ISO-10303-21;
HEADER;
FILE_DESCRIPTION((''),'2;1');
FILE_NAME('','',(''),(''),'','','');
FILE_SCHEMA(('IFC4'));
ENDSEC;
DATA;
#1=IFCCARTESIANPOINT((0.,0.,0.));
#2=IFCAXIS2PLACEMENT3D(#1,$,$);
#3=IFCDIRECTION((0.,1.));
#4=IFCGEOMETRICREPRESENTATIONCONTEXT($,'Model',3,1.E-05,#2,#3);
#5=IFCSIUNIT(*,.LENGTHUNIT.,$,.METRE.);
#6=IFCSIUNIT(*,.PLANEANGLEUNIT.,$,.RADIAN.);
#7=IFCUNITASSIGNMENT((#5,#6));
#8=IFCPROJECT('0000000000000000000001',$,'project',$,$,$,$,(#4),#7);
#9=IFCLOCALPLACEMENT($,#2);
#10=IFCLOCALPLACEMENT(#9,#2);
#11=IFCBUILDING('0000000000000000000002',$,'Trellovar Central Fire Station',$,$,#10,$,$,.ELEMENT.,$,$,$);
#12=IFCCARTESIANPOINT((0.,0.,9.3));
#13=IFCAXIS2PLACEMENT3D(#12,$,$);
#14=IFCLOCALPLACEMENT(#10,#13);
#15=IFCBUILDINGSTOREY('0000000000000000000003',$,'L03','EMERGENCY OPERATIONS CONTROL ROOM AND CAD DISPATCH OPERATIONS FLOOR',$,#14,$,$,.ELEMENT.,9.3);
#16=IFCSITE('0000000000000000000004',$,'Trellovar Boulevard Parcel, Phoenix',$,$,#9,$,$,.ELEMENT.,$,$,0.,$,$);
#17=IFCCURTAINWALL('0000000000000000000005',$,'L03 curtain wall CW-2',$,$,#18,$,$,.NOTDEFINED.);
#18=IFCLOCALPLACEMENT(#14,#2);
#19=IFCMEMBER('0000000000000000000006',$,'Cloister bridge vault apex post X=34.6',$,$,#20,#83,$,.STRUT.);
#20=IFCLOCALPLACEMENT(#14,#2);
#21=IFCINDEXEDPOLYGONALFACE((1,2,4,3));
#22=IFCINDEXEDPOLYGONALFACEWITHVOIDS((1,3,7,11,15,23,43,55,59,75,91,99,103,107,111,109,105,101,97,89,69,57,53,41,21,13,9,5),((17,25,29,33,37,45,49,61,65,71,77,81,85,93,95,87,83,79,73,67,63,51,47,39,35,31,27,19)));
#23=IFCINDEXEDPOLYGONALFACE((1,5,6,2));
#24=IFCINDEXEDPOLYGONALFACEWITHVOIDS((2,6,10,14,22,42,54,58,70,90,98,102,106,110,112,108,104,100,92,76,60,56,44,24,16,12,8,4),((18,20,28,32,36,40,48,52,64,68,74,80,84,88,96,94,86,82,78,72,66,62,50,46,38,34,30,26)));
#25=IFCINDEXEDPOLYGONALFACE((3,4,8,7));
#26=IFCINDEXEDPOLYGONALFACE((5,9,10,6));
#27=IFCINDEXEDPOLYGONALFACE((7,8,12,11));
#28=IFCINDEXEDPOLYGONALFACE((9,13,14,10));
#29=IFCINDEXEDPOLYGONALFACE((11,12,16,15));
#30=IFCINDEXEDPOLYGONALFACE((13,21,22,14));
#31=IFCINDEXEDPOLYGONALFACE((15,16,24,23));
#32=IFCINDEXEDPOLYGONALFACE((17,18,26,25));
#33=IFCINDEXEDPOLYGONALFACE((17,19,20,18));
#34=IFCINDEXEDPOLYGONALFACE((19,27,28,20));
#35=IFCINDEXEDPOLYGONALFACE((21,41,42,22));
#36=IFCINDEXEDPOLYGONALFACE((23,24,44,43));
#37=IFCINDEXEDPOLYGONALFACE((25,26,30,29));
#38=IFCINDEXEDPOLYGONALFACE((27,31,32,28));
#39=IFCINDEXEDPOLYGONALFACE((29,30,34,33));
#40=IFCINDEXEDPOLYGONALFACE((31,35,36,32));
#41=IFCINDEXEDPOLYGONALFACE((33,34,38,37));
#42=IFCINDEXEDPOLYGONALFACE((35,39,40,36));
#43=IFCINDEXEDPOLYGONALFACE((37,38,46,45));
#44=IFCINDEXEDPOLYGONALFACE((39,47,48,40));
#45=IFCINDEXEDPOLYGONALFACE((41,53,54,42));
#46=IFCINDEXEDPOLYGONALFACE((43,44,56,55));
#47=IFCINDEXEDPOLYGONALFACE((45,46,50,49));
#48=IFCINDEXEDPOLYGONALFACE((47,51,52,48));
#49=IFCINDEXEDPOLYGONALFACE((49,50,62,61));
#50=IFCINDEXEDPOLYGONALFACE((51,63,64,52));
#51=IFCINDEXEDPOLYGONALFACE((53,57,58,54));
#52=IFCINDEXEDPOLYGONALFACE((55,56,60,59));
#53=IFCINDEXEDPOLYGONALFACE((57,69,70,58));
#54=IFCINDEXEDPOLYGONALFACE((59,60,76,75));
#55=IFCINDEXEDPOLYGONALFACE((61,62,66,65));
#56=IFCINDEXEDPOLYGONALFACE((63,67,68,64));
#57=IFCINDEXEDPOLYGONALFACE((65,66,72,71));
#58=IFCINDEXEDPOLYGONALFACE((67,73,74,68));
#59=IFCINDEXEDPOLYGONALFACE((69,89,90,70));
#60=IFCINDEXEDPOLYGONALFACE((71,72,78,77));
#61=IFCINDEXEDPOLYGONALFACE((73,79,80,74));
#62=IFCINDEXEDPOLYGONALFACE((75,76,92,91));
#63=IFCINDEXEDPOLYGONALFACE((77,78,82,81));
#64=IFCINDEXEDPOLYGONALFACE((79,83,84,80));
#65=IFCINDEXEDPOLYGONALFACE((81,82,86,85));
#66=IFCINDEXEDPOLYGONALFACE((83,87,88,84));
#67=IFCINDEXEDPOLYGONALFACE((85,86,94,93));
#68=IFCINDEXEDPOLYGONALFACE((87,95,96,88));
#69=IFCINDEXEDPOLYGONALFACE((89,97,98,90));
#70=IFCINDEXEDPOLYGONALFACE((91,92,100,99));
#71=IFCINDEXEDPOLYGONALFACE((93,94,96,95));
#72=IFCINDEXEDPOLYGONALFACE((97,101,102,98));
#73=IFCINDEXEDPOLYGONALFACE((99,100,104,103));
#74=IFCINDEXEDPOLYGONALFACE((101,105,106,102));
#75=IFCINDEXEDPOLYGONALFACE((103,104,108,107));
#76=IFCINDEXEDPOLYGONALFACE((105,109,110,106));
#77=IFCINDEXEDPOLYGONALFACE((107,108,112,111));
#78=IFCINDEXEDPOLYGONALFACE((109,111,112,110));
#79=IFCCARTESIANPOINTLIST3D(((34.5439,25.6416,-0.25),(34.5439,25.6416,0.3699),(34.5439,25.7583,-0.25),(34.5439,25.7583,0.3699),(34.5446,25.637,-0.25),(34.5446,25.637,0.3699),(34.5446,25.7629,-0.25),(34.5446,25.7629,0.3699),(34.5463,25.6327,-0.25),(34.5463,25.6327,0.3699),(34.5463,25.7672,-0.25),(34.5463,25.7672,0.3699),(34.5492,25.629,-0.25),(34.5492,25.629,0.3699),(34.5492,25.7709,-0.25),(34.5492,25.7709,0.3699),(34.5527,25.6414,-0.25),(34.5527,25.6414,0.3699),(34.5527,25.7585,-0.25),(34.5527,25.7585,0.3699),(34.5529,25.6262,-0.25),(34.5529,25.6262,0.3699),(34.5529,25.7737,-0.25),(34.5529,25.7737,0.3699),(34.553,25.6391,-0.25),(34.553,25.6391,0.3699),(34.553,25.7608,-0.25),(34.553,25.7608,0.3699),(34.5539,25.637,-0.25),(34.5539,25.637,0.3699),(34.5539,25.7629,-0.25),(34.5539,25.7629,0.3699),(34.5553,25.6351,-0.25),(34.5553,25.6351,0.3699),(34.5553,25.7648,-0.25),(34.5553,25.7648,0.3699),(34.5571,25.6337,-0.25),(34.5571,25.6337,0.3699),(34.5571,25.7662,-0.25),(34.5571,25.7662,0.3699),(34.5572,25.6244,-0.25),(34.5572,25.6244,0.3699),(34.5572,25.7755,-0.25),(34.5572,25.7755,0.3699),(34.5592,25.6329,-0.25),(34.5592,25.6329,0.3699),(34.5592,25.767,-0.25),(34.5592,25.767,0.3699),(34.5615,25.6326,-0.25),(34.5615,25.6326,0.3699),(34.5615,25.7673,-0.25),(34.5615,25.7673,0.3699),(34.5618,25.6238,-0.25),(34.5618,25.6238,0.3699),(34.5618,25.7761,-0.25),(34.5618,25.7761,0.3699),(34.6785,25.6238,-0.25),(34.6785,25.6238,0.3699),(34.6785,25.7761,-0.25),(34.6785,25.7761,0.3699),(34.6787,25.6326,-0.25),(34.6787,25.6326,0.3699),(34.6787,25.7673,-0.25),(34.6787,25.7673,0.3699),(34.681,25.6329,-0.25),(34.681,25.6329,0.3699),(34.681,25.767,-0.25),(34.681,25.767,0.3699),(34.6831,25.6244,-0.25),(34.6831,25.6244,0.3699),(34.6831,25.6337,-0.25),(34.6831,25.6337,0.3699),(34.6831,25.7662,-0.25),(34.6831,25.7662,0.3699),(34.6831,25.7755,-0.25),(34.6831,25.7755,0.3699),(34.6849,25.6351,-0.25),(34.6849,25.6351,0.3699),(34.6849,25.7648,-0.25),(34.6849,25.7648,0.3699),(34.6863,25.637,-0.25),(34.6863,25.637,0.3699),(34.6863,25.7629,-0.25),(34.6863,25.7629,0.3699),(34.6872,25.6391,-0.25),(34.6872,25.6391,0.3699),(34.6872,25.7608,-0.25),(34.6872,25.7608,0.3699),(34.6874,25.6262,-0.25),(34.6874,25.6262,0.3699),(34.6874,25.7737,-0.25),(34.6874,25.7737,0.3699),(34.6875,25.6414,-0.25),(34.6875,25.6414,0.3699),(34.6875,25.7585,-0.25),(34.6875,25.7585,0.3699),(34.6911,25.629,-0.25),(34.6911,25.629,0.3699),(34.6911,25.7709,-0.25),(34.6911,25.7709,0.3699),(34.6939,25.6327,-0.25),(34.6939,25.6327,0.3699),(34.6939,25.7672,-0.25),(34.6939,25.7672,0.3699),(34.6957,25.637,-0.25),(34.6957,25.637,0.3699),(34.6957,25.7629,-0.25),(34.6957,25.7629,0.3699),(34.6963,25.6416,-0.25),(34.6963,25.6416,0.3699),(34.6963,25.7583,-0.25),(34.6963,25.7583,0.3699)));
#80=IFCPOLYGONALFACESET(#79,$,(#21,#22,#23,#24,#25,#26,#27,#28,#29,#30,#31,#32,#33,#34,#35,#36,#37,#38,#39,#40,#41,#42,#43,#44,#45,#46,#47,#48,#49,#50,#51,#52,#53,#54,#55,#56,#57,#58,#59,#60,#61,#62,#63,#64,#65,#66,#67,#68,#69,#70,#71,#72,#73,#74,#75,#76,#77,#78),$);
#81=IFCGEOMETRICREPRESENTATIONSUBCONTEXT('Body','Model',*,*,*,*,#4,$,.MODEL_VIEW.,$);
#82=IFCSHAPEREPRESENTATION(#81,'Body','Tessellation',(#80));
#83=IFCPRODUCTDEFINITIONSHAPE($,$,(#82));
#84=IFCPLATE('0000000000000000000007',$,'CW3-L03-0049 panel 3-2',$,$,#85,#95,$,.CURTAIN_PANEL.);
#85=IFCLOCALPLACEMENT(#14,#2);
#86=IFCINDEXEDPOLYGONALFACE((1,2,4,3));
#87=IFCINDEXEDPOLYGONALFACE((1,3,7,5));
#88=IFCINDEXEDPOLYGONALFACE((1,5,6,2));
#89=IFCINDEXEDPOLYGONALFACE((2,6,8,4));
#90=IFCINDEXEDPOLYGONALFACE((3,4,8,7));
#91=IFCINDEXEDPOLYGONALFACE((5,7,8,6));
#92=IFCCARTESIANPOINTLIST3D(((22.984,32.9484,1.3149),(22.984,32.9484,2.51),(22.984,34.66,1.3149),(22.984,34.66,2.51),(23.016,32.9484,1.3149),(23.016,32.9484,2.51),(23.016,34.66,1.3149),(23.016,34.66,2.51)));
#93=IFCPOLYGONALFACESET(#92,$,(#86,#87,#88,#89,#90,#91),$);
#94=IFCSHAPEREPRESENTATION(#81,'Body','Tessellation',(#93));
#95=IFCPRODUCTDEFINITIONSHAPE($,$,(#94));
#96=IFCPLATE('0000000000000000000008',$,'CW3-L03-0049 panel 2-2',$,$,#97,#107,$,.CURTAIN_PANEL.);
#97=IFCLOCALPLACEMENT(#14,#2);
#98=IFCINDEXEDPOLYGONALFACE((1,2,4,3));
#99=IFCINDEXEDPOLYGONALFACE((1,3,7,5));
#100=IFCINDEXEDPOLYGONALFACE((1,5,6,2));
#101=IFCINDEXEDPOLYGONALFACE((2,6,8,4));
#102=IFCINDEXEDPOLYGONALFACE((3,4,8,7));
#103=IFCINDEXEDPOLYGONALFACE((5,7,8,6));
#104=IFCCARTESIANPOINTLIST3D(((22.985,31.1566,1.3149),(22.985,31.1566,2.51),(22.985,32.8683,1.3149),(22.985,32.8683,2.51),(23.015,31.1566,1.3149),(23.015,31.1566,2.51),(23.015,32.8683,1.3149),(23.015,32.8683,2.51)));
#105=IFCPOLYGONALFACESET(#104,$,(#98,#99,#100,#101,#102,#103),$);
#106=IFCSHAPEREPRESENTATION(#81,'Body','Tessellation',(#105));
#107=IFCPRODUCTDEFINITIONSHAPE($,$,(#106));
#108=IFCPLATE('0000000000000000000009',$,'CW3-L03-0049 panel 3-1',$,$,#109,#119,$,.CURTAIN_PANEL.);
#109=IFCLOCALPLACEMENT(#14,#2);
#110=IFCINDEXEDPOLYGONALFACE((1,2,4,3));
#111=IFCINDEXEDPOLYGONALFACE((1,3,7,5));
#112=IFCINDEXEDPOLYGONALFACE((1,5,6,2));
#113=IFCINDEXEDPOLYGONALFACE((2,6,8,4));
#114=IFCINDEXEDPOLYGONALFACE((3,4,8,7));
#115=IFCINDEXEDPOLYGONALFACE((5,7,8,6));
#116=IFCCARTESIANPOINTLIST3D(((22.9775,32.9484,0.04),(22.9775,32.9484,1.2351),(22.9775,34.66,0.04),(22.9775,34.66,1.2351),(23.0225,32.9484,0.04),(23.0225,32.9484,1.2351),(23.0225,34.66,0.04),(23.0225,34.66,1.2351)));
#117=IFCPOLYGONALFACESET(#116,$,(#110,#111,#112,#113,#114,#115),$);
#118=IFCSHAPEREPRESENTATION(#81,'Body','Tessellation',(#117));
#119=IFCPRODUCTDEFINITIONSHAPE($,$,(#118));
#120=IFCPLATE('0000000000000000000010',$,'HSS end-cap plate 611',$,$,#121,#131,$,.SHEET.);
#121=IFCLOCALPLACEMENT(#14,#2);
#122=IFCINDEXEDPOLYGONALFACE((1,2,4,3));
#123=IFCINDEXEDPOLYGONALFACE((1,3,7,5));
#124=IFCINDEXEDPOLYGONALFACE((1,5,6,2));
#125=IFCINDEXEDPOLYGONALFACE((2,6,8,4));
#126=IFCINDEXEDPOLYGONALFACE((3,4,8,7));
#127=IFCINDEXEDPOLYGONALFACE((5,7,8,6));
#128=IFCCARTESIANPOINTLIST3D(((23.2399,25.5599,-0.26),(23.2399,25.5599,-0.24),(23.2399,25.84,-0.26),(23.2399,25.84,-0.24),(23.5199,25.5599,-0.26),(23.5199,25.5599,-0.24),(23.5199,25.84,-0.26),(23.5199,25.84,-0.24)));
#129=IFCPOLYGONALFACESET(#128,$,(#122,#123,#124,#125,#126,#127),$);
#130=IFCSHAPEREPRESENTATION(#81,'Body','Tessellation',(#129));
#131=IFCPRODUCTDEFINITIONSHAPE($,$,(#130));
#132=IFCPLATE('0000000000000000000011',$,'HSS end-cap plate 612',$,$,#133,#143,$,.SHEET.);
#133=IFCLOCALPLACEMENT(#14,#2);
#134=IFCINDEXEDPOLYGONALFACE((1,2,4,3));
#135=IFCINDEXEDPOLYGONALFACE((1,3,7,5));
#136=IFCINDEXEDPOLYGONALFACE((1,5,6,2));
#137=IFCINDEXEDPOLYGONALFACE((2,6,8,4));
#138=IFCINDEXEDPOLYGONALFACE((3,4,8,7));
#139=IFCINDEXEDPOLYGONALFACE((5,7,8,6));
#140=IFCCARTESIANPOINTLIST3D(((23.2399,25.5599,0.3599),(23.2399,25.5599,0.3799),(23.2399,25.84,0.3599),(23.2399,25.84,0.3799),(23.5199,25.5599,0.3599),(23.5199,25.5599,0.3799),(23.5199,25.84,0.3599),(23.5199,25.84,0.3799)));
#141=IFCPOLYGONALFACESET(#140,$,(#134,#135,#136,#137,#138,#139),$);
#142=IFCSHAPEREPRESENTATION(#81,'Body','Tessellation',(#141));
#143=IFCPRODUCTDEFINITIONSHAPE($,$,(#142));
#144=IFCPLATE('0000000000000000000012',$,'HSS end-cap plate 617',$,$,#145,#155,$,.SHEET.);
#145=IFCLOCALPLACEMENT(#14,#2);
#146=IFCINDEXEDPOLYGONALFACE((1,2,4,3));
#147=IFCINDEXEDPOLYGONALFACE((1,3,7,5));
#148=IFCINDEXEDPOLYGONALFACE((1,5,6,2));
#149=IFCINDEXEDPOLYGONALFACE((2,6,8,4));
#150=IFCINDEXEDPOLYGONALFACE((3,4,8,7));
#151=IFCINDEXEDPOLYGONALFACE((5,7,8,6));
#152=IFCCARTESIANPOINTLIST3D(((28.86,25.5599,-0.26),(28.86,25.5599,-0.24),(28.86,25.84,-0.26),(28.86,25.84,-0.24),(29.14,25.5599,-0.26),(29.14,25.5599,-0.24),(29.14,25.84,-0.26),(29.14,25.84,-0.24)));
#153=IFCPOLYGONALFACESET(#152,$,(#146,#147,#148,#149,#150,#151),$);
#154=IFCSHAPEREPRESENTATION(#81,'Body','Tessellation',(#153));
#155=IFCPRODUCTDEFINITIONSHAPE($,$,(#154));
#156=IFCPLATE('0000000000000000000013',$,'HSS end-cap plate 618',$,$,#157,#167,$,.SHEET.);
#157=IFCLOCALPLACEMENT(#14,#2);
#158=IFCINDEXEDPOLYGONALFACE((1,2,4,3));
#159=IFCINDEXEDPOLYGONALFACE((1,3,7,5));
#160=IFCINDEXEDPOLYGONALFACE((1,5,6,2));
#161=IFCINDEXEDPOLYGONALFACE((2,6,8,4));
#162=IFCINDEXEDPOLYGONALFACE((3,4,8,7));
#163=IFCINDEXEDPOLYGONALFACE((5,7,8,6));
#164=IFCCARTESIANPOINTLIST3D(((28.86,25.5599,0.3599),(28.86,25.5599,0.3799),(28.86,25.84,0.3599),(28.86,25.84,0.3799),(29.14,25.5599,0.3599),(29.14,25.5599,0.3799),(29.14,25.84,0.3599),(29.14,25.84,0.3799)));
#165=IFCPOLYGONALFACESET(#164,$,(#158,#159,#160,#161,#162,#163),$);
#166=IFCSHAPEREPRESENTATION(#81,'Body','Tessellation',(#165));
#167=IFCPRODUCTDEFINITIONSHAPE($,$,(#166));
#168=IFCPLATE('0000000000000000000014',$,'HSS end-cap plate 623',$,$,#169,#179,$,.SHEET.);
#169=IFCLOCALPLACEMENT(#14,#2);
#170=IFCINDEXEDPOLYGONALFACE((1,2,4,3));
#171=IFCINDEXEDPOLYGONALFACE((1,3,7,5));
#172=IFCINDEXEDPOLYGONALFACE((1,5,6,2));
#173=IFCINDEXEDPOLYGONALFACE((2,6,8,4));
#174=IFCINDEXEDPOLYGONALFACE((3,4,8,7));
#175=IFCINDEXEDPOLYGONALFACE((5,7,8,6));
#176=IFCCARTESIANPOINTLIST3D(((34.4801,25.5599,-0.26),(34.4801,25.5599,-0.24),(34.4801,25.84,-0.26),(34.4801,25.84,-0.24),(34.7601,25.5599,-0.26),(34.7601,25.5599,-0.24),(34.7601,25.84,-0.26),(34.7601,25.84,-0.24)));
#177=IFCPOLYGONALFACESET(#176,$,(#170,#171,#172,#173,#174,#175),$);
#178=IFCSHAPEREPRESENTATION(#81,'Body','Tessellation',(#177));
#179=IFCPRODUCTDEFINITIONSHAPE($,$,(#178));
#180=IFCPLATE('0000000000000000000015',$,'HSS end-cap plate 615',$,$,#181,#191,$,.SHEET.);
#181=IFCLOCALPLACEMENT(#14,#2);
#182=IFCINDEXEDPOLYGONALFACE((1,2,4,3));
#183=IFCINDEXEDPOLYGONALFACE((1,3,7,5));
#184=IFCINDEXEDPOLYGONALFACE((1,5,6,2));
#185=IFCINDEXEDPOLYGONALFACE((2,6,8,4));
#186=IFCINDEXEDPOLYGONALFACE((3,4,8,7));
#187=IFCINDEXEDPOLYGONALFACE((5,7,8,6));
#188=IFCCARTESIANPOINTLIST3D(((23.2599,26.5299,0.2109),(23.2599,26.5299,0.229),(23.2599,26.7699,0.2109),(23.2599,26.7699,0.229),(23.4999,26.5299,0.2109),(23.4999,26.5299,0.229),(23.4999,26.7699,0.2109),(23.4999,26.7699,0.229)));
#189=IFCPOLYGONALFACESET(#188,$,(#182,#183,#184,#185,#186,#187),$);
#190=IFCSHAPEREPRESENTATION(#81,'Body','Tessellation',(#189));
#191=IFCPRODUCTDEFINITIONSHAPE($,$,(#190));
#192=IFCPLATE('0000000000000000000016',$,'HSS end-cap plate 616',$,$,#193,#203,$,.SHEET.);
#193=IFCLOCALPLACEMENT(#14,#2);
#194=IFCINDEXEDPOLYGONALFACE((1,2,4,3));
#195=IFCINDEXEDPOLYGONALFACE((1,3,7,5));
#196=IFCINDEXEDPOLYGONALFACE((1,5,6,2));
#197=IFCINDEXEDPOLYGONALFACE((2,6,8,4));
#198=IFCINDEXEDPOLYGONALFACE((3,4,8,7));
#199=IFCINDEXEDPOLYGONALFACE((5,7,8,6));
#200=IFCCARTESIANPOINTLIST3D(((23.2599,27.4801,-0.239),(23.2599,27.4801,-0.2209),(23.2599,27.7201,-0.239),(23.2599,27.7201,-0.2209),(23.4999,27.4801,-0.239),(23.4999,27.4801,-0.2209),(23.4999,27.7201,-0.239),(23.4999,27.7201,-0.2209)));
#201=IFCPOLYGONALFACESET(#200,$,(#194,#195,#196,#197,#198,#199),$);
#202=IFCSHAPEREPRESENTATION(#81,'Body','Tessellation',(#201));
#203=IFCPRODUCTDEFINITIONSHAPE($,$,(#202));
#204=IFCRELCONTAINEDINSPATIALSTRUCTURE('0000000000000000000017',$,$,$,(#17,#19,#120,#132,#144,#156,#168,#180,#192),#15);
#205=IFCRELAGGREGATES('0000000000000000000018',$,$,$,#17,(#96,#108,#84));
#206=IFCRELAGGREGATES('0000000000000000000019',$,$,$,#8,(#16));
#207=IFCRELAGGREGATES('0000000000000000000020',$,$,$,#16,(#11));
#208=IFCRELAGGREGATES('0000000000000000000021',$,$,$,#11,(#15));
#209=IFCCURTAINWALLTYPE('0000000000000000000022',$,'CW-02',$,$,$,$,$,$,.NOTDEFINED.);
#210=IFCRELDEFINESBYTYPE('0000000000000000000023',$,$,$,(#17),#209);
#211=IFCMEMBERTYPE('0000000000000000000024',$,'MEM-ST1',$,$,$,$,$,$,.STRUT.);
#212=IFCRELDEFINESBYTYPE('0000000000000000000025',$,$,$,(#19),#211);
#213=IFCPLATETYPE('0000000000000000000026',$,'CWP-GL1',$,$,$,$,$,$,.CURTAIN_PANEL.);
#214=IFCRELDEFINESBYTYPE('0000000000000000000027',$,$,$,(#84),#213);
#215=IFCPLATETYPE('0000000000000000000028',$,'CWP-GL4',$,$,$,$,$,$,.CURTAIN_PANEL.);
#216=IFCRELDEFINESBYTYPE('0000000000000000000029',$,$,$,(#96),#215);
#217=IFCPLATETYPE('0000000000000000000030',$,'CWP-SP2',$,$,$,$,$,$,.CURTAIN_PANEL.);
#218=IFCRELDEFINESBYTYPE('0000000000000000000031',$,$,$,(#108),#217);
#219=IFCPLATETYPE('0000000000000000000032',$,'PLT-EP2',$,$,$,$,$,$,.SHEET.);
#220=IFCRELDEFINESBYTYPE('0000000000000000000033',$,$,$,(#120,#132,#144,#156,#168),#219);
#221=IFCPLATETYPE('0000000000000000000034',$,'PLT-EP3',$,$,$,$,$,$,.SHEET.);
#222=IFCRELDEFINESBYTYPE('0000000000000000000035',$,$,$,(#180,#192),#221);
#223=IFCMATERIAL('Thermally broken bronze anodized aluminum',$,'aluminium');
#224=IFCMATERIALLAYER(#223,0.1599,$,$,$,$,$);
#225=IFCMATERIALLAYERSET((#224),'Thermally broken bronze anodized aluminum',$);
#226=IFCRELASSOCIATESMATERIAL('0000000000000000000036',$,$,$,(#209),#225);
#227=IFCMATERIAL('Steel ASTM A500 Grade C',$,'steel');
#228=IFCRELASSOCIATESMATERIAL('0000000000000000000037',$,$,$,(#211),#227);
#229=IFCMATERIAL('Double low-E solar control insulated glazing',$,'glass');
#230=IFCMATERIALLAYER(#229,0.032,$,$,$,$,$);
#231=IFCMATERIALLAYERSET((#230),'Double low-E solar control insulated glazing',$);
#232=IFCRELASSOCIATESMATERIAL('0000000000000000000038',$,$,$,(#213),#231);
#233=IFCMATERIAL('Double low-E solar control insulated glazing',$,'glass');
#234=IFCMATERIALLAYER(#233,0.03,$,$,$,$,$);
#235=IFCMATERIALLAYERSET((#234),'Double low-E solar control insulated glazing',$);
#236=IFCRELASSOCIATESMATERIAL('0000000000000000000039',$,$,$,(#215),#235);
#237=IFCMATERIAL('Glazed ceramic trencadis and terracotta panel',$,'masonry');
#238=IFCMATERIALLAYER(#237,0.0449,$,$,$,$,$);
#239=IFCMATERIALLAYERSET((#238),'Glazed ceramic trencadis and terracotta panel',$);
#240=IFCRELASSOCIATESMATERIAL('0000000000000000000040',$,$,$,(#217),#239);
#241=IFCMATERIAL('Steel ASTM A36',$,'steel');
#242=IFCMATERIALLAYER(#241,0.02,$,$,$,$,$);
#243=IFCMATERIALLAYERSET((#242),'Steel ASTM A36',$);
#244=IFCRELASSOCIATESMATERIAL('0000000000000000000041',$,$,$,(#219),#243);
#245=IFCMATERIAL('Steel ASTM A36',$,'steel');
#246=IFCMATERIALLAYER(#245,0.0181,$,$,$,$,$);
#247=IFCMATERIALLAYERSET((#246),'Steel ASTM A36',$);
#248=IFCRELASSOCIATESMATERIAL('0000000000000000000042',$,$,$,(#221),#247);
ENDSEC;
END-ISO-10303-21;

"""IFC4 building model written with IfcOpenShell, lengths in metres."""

from ifc_helpers import new_model, si_unit, direction, frame, origin, origin_2d, place, context, subcontext, project, spatial, rectangle, hollow_rectangle, extrude, material, layer, layer_set, material_profile, profile_set, type_object, element, aggregate, save


model = new_model("IFC4")

# Units and contexts
model_context = context("Model", 3, precision=1e-05, world=origin(), true_north=direction((0.0, 1.0)))
body_context = subcontext(model_context, "Body", "Model", "MODEL_VIEW")
ifc_project = project(units=[si_unit("LENGTHUNIT", "METRE"), si_unit("PLANEANGLEUNIT", "RADIAN")], contexts=[model_context])

# Site, building, storey
site_placement = place(None, origin())
site = spatial("IfcSite", under=ifc_project, at=site_placement, Name="Trellovar Boulevard Parcel, Phoenix", CompositionType="ELEMENT", RefElevation=0.0)
building_placement = place(site_placement, origin())
building = spatial("IfcBuilding", under=site, at=building_placement, Name="Trellovar Central Fire Station", CompositionType="ELEMENT")
storey_placement = place(building_placement, frame((0.0, 0.0, 9.3)))
storey = spatial("IfcBuildingStorey", under=building, at=storey_placement, Name="L03", Description="EMERGENCY OPERATIONS CONTROL ROOM AND CAD DISPATCH OPERATIONS FLOOR", CompositionType="ELEMENT", Elevation=9.3)

# Curtain wall
ifc_material_1 = material(Name="Thermally broken bronze anodized aluminum", Category="aluminium")
ifc_layer_1 = layer(ifc_material_1, 0.1599)
ifc_layer_set_1 = layer_set([ifc_layer_1], Name="Thermally broken bronze anodized aluminum")
curtain_wall_type = type_object("IfcCurtainWallType", Name="CW-02", PredefinedType="NOTDEFINED", material=ifc_layer_set_1)
curtain_wall_placement = place(storey_placement, origin())
curtain_wall = element("IfcCurtainWall", 1, at=curtain_wall_placement, inside=storey, type_object=curtain_wall_type, Name="L03 curtain wall CW-2", PredefinedType="NOTDEFINED")

# Member
ifc_material_2 = material(Name="Steel ASTM A500 Grade C", Category="steel")
ifc_material_profile_1 = material_profile(ifc_material_2, hollow_rectangle(XDim=0.1523, YDim=0.1523, WallThickness=0.0088, InnerFilletRadius=0.0088, OuterFilletRadius=0.0178, at=origin_2d()), Name="HSS6X6X3/8")
ifc_profile_set_1 = profile_set([ifc_material_profile_1], Name="Steel ASTM A500 Grade C")
member_type_1 = type_object("IfcMemberType", Name="MEM-ST1", PredefinedType="STRUT", material=ifc_profile_set_1)
for number, where, z_axis, x_axis, name in (
    (2, (34.6201, 25.7, -0.25), (0.0, 0.0, 1.0), (1.0, 0.0, 0.0), "Cloister bridge vault apex post X=34.6"),
):
    element("IfcMember", number, at=place(storey_placement, frame(where, z_axis=z_axis, x_axis=x_axis)), inside=storey, type_object=member_type_1, Name=name, PredefinedType="STRUT", context=body_context, shape_type="SweptSolid", body=[
        extrude(hollow_rectangle(XDim=0.1523, YDim=0.1523, WallThickness=0.0088, InnerFilletRadius=0.0088, OuterFilletRadius=0.0178, at=origin_2d()), origin(), (0.0, 0.0, 1.0), 0.6199),
    ])

# Plates
ifc_material_3 = material(Name="Double low-E solar control insulated glazing", Category="glass")
ifc_layer_2 = layer(ifc_material_3, 0.032)
ifc_layer_set_2 = layer_set([ifc_layer_2], Name="Double low-E solar control insulated glazing")
plate_type_1 = type_object("IfcPlateType", Name="CWP-GL1", PredefinedType="CURTAIN_PANEL", material=ifc_layer_set_2)
plate_1_placement = place(storey_placement, frame((23.0, 33.8042, 1.3149), z_axis=(0.0, 0.0, 1.0), x_axis=(0.0, 1.0, 0.0)))
plate_1 = element("IfcPlate", 3, at=plate_1_placement, type_object=plate_type_1, Name="CW3-L03-0049 panel 3-2", PredefinedType="CURTAIN_PANEL", context=body_context, shape_type="SweptSolid", body=[
    extrude(rectangle(XDim=1.7117, YDim=0.032, at=origin_2d()), origin(), (0.0, 0.0, 1.0), 1.1951),
])
ifc_material_4 = material(Name="Double low-E solar control insulated glazing", Category="glass")
ifc_layer_3 = layer(ifc_material_4, 0.03)
ifc_layer_set_3 = layer_set([ifc_layer_3], Name="Double low-E solar control insulated glazing")
plate_type_2 = type_object("IfcPlateType", Name="CWP-GL4", PredefinedType="CURTAIN_PANEL", material=ifc_layer_set_3)
plate_2_placement = place(storey_placement, frame((23.0, 32.0125, 1.3149), z_axis=(0.0, 0.0, 1.0), x_axis=(0.0, 1.0, 0.0)))
plate_2 = element("IfcPlate", 4, at=plate_2_placement, type_object=plate_type_2, Name="CW3-L03-0049 panel 2-2", PredefinedType="CURTAIN_PANEL", context=body_context, shape_type="SweptSolid", body=[
    extrude(rectangle(XDim=1.7117, YDim=0.03, at=origin_2d()), origin(), (0.0, 0.0, 1.0), 1.1951),
])
ifc_material_5 = material(Name="Glazed ceramic trencadis and terracotta panel", Category="masonry")
ifc_layer_4 = layer(ifc_material_5, 0.0449)
ifc_layer_set_4 = layer_set([ifc_layer_4], Name="Glazed ceramic trencadis and terracotta panel")
plate_type_3 = type_object("IfcPlateType", Name="CWP-SP2", PredefinedType="CURTAIN_PANEL", material=ifc_layer_set_4)
plate_3_placement = place(storey_placement, frame((23.0, 33.8042, 0.04), z_axis=(0.0, 0.0, 1.0), x_axis=(0.0, 1.0, 0.0)))
plate_3 = element("IfcPlate", 5, at=plate_3_placement, type_object=plate_type_3, Name="CW3-L03-0049 panel 3-1", PredefinedType="CURTAIN_PANEL", context=body_context, shape_type="SweptSolid", body=[
    extrude(rectangle(XDim=1.7117, YDim=0.0449, at=origin_2d()), origin(), (0.0, 0.0, 1.0), 1.1951),
])
aggregate(curtain_wall, [plate_2, plate_3, plate_1])

# Plates
ifc_material_6 = material(Name="Steel ASTM A36", Category="steel")
ifc_layer_5 = layer(ifc_material_6, 0.02)
ifc_layer_set_5 = layer_set([ifc_layer_5], Name="Steel ASTM A36")
plate_type_4 = type_object("IfcPlateType", Name="PLT-EP2", PredefinedType="SHEET", material=ifc_layer_set_5)
for number, where, z_axis, x_axis, name in (
    (6, (23.3799, 25.7, -0.26), (0.0, 0.0, 1.0), (1.0, 0.0, 0.0), "HSS end-cap plate 611"),
    (7, (23.3799, 25.7, 0.3599), (0.0, 0.0, 1.0), (1.0, 0.0, 0.0), "HSS end-cap plate 612"),
    (8, (29.0, 25.7, -0.26), (0.0, 0.0, 1.0), (1.0, 0.0, 0.0), "HSS end-cap plate 617"),
    (9, (29.0, 25.7, 0.3599), (0.0, 0.0, 1.0), (1.0, 0.0, 0.0), "HSS end-cap plate 618"),
    (10, (34.6201, 25.7, -0.26), (0.0, 0.0, 1.0), (1.0, 0.0, 0.0), "HSS end-cap plate 623"),
):
    element("IfcPlate", number, at=place(storey_placement, frame(where, z_axis=z_axis, x_axis=x_axis)), inside=storey, type_object=plate_type_4, Name=name, PredefinedType="SHEET", context=body_context, shape_type="SweptSolid", body=[
        extrude(rectangle(XDim=0.28, YDim=0.28, at=origin_2d()), origin(), (0.0, 0.0, 1.0), 0.02),
    ])
ifc_material_7 = material(Name="Steel ASTM A36", Category="steel")
ifc_layer_6 = layer(ifc_material_7, 0.0181)
ifc_layer_set_6 = layer_set([ifc_layer_6], Name="Steel ASTM A36")
plate_type_5 = type_object("IfcPlateType", Name="PLT-EP3", PredefinedType="SHEET", material=ifc_layer_set_6)
for number, where, z_axis, x_axis, name in (
    (11, (23.3799, 26.6499, 0.2109), (0.0, 0.0, 1.0), (1.0, 0.0, 0.0), "HSS end-cap plate 615"),
    (12, (23.3799, 27.6001, -0.239), (0.0, 0.0, 1.0), (1.0, 0.0, 0.0), "HSS end-cap plate 616"),
):
    element("IfcPlate", number, at=place(storey_placement, frame(where, z_axis=z_axis, x_axis=x_axis)), inside=storey, type_object=plate_type_5, Name=name, PredefinedType="SHEET", context=body_context, shape_type="SweptSolid", body=[
        extrude(rectangle(XDim=0.24, YDim=0.24, at=origin_2d()), origin(), (0.0, 0.0, 1.0), 0.0181),
    ])

save(model, "model.ifc")
